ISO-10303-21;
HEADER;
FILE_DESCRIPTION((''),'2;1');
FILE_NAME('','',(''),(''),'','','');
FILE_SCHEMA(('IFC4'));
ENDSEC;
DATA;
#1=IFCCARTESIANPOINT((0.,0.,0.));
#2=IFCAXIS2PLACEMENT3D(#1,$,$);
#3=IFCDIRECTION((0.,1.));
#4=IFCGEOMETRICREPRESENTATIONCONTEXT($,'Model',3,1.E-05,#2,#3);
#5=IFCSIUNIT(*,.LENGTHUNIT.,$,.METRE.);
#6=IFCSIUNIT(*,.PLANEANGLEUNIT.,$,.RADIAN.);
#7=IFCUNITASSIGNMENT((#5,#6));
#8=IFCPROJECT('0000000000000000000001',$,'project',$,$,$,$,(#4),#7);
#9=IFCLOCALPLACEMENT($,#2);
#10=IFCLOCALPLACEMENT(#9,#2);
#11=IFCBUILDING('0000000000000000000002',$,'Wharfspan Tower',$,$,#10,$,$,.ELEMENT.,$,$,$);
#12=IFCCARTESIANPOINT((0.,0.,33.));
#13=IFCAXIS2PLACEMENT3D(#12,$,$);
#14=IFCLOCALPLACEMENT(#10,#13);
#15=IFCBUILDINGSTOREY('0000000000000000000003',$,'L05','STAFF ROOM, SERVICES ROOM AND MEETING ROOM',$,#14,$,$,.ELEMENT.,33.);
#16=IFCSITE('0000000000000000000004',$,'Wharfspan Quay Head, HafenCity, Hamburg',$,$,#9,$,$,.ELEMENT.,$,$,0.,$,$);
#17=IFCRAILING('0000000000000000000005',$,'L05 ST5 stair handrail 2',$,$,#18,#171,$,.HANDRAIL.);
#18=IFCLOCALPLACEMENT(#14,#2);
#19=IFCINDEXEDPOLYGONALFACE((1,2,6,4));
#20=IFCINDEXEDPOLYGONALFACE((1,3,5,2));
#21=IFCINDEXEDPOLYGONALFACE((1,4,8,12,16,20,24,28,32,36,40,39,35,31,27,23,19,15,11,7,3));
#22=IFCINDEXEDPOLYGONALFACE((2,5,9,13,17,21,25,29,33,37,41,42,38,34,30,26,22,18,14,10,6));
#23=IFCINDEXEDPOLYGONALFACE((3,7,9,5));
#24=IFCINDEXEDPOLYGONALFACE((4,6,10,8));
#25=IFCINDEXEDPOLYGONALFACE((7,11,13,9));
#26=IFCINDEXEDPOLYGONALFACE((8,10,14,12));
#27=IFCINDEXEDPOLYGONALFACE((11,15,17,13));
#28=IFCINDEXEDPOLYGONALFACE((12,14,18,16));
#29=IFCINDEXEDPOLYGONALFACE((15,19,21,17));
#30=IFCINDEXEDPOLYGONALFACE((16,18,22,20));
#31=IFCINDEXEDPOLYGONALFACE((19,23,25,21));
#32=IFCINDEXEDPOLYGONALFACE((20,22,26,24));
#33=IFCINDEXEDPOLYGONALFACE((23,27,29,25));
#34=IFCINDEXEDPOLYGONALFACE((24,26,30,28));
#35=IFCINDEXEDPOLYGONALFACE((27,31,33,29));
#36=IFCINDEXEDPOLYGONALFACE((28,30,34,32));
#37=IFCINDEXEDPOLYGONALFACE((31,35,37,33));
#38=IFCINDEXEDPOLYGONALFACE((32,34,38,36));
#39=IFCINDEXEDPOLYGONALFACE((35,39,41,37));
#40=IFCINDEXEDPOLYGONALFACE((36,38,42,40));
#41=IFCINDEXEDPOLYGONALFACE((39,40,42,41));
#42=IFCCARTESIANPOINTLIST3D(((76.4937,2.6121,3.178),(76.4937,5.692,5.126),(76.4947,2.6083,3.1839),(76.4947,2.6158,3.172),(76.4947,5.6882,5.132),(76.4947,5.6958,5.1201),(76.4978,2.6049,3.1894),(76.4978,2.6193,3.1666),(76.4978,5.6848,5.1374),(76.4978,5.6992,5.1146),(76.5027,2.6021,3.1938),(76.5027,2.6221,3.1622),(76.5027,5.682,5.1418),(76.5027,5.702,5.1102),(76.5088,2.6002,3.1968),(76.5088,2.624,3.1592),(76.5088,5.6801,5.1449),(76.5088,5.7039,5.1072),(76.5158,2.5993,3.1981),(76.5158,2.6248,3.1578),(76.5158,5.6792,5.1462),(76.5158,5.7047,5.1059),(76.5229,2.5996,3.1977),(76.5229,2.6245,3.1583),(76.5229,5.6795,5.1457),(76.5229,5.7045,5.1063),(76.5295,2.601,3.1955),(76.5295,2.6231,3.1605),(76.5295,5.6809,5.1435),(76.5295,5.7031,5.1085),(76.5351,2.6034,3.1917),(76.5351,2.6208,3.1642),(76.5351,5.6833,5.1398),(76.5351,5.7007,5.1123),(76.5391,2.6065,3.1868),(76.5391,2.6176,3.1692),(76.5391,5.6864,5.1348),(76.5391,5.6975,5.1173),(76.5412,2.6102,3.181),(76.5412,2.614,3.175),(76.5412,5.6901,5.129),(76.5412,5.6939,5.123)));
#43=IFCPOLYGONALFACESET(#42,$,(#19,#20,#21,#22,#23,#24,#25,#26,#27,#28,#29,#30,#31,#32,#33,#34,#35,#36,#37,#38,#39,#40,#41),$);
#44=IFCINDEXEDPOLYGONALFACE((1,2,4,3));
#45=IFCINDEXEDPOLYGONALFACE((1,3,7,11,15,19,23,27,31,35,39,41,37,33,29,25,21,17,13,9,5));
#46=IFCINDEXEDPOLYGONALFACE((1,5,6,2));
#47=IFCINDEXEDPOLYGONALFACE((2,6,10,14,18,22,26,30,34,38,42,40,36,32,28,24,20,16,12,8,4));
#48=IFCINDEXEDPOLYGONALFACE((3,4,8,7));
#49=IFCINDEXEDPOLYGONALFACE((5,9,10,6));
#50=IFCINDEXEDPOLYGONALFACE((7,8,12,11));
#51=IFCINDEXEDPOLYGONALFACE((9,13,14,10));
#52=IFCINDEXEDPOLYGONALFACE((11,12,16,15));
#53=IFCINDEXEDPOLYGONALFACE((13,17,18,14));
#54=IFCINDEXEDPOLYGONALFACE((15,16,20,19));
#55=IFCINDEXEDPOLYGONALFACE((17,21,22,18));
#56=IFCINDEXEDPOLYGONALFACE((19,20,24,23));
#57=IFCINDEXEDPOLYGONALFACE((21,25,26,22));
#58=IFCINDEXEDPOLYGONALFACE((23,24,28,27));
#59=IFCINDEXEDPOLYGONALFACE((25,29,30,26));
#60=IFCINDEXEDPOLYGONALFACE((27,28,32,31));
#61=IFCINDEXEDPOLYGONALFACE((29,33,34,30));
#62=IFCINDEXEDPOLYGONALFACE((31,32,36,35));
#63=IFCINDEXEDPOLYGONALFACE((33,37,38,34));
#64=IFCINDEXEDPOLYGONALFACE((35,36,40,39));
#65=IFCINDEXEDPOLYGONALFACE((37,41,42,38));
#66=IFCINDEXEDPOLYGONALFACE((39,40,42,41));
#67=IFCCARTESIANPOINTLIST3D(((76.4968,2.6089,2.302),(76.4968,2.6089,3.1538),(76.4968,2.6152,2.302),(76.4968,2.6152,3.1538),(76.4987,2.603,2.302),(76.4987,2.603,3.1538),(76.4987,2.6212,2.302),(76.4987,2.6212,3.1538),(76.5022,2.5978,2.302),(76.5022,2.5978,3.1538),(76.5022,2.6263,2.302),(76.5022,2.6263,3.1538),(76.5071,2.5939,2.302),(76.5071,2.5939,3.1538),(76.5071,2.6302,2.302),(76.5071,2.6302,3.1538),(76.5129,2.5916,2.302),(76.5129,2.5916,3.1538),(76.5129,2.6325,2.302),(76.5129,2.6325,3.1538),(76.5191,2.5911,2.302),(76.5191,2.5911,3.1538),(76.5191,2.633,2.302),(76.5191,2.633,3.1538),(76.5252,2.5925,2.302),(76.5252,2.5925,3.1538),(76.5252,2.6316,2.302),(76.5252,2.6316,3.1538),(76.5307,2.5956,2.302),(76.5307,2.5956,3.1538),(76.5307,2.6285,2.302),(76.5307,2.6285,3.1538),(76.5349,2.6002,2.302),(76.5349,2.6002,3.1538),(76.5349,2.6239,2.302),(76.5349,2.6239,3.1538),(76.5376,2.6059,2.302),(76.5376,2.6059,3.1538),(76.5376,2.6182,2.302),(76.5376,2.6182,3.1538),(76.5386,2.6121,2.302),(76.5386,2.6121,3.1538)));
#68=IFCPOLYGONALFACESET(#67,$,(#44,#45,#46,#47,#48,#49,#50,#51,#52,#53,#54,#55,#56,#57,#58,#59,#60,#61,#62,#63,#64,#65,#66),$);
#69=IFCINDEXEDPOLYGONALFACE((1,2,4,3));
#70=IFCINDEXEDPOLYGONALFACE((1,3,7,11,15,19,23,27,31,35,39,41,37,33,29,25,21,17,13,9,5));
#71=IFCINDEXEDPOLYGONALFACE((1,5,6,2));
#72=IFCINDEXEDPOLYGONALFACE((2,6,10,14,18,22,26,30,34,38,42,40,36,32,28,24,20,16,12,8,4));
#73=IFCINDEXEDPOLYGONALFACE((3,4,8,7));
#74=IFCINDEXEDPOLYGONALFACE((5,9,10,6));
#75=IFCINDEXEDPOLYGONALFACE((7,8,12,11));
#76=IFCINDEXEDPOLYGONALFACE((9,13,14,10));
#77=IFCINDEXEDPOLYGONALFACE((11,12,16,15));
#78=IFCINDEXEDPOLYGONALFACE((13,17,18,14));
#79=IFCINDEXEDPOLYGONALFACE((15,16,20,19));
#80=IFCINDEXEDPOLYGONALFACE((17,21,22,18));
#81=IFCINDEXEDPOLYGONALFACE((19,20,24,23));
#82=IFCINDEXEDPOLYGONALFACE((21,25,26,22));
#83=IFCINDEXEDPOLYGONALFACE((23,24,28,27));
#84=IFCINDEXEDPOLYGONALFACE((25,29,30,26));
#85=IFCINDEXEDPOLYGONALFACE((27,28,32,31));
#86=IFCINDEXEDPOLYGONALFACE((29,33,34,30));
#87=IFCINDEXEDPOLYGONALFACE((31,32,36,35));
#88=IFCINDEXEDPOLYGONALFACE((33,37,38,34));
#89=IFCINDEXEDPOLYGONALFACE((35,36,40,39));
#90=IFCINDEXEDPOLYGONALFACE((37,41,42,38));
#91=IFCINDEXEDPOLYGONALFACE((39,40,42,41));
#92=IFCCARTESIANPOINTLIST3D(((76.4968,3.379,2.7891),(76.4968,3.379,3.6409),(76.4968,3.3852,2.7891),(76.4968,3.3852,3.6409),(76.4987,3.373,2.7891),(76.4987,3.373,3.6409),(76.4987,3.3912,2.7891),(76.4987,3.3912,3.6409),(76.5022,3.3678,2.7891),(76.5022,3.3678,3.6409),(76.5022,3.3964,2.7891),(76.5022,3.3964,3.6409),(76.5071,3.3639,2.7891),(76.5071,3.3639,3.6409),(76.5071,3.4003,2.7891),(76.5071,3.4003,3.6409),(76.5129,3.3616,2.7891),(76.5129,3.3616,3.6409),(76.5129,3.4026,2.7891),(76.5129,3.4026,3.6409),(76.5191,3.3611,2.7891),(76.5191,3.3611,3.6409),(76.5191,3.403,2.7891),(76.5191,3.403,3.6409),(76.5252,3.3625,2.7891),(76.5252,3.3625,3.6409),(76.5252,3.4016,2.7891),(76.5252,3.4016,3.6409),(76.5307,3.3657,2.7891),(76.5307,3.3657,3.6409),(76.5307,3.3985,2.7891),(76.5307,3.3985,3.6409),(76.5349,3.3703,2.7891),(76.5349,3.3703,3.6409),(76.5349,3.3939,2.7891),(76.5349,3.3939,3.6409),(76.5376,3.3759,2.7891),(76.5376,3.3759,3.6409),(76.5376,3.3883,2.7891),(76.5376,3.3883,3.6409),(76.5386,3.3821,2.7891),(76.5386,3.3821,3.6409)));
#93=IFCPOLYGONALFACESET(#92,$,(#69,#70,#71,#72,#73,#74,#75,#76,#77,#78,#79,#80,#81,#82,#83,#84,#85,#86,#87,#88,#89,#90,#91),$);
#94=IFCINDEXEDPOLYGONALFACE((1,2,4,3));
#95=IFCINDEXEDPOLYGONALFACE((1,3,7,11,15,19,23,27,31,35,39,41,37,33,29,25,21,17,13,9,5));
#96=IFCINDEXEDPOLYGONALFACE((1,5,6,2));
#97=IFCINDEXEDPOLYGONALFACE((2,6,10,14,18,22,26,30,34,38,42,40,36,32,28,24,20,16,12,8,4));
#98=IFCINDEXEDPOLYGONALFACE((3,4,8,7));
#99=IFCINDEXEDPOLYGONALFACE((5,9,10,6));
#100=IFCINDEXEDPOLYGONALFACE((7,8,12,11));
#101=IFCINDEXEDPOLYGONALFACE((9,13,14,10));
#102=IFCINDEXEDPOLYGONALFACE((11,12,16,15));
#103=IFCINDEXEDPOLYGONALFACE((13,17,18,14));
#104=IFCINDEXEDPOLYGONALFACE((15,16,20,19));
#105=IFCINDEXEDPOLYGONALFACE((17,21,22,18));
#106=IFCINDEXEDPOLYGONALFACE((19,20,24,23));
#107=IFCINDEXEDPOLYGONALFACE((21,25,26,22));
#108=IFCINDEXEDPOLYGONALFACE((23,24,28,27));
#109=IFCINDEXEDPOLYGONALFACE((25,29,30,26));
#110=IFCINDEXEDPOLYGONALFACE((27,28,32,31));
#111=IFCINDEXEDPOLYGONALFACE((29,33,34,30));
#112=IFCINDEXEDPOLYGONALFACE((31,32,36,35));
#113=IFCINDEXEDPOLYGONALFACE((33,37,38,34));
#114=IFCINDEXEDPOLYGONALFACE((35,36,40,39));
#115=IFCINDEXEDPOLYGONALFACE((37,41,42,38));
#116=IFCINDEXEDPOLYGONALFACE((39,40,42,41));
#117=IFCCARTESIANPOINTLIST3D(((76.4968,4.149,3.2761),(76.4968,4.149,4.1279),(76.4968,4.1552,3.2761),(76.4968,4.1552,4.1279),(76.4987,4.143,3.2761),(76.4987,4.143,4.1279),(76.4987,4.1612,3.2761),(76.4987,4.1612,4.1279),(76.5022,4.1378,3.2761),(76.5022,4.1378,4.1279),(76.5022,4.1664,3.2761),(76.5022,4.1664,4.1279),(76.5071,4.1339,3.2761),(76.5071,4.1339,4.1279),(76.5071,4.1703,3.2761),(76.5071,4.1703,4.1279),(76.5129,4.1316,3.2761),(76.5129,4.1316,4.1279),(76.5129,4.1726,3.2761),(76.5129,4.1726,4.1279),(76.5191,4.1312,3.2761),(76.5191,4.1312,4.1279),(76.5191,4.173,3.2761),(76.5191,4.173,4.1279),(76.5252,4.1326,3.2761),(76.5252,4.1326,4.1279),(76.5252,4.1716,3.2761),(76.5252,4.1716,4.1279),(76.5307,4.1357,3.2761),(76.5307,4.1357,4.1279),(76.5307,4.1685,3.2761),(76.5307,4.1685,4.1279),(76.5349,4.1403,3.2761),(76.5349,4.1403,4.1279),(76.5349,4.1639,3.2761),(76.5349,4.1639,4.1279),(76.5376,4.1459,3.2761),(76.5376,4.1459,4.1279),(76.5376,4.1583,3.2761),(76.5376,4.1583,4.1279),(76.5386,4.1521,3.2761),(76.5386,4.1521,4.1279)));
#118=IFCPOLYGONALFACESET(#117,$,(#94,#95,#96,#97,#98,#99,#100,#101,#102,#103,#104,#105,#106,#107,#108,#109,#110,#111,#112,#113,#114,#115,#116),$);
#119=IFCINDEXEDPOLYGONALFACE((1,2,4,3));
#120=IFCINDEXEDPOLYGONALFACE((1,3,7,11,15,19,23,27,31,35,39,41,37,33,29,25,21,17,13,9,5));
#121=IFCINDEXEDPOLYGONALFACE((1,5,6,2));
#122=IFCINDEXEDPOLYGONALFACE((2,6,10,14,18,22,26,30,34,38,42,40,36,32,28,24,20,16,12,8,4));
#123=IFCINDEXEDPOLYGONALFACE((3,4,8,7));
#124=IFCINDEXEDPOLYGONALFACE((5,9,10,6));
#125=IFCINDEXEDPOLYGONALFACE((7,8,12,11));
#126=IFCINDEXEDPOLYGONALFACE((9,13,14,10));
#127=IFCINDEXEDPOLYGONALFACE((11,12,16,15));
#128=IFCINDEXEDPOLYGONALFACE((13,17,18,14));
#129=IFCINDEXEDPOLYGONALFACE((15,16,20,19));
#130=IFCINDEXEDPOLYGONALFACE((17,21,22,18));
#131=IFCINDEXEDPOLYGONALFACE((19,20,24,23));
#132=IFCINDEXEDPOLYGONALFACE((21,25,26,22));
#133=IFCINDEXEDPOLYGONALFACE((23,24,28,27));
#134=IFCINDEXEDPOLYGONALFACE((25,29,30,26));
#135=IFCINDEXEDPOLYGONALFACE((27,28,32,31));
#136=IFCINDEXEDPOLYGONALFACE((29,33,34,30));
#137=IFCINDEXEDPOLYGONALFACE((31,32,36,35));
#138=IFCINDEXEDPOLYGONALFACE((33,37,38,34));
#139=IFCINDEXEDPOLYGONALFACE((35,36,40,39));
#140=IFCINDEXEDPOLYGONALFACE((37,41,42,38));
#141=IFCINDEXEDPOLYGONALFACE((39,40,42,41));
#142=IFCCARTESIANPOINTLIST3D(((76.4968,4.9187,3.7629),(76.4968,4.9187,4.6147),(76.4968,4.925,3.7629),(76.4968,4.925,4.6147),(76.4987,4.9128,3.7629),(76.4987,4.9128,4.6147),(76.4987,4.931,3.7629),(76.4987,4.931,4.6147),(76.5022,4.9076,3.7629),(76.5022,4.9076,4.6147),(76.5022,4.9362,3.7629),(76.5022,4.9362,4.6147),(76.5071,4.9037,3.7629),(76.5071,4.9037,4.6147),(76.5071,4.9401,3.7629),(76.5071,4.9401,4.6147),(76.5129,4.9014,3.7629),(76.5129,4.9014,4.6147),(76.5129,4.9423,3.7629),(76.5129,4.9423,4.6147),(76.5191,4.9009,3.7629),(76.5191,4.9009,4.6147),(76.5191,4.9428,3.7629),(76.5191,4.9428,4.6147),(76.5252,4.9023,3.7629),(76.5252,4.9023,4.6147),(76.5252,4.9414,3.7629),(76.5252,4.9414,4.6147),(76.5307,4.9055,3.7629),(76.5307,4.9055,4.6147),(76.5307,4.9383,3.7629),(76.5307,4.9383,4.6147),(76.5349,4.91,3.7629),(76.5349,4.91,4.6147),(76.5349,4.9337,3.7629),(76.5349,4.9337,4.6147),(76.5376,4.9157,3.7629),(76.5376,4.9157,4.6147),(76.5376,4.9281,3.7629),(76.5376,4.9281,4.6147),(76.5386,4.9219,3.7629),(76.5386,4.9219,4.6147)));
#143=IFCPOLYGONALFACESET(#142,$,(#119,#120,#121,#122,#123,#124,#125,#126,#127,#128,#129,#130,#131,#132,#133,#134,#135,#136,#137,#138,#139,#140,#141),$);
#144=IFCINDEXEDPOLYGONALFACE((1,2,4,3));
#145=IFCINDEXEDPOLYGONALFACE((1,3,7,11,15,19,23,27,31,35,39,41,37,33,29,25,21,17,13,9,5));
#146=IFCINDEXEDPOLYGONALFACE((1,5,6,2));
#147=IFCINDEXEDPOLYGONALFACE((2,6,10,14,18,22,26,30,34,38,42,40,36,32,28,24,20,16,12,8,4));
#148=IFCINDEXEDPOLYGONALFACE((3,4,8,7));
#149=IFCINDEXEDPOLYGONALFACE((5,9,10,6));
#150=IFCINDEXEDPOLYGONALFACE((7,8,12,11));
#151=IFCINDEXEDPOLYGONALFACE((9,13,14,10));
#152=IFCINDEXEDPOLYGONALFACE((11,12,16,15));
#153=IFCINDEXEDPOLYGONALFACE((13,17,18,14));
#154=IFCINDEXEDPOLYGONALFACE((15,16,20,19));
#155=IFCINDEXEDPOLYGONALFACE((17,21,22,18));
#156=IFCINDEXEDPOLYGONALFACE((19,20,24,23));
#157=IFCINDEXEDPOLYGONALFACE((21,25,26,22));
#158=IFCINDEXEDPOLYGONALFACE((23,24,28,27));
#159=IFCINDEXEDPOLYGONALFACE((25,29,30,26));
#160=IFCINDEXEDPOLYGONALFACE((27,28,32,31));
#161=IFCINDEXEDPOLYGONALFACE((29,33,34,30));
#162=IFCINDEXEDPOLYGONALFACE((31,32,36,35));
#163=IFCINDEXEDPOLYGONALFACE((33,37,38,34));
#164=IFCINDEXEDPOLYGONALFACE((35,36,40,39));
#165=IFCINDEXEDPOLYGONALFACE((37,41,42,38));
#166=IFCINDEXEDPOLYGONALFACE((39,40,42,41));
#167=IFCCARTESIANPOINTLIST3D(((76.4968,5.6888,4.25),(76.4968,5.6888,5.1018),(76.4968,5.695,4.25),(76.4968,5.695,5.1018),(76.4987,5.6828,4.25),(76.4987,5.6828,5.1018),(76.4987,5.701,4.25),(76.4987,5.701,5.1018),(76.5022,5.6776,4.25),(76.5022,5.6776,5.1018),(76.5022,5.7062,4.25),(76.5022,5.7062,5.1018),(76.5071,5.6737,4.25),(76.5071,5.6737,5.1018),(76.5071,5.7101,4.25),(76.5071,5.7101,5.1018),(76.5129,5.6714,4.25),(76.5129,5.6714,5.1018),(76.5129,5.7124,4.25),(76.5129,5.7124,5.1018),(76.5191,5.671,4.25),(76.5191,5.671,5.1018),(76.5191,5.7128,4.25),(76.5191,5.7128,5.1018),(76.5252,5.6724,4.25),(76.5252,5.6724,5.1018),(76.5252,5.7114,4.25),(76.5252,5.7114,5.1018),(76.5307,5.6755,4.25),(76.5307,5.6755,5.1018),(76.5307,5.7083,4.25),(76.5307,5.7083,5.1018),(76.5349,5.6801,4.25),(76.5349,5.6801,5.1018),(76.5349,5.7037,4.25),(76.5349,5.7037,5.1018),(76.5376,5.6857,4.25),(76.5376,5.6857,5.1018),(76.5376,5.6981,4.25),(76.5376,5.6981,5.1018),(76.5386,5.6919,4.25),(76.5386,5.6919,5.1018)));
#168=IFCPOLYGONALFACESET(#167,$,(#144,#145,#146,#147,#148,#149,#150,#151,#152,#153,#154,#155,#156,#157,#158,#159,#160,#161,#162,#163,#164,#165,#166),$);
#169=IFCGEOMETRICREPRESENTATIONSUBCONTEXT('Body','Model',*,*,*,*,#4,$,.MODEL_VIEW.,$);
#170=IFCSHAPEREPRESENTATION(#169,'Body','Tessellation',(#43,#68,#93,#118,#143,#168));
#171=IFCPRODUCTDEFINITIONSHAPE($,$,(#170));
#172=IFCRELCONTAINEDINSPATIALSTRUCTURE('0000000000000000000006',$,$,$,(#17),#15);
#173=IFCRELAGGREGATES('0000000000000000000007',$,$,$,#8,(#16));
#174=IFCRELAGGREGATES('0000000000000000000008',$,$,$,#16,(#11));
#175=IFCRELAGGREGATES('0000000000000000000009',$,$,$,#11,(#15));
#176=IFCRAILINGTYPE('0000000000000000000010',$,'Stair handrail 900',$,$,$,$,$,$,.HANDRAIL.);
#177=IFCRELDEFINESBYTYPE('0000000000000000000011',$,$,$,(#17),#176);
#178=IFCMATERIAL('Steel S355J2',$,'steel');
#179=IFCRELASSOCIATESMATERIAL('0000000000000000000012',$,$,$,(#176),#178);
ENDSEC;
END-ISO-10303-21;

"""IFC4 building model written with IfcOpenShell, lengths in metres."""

from ifc_helpers import new_model, si_unit, direction, frame, origin, origin_2d, place, context, subcontext, project, spatial, circle, extrude, material, type_object, element, save


model = new_model("IFC4")

# Units and contexts
model_context = context("Model", 3, precision=1e-05, world=origin(), true_north=direction((0.0, 1.0)))
body_context = subcontext(model_context, "Body", "Model", "MODEL_VIEW")
ifc_project = project(units=[si_unit("LENGTHUNIT", "METRE"), si_unit("PLANEANGLEUNIT", "RADIAN")], contexts=[model_context])

# Site, building, storey
site_placement = place(None, origin())
site = spatial("IfcSite", under=ifc_project, at=site_placement, Name="Wharfspan Quay Head, HafenCity, Hamburg", CompositionType="ELEMENT", RefElevation=0.0)
building_placement = place(site_placement, origin())
building = spatial("IfcBuilding", under=site, at=building_placement, Name="Wharfspan Tower", CompositionType="ELEMENT")
storey_placement = place(building_placement, frame((0.0, 0.0, 33.0)))
storey = spatial("IfcBuildingStorey", under=building, at=storey_placement, Name="L05", Description="STAFF ROOM, SERVICES ROOM AND MEETING ROOM", CompositionType="ELEMENT", Elevation=33.0)

# Railing
ifc_material_1 = material(Name="Steel S355J2", Category="steel")
railing_type_1 = type_object("IfcRailingType", Name="Stair handrail 900", PredefinedType="HANDRAIL", material=ifc_material_1)
railing_1_placement = place(storey_placement, frame((76.5176, 2.6121, 2.302)))
element("IfcRailing", 1, at=railing_1_placement, inside=storey, type_object=railing_type_1, Name="L05 ST5 stair handrail 2", PredefinedType="HANDRAIL", context=body_context, shape_type="SweptSolid", body=[
    extrude(circle(Radius=0.0239, at=origin_2d()), frame((0.0, 0.0, 0.876), z_axis=(0.0, 0.845137, 0.53455), x_axis=(-1.0, 0.0, 0.0)), (0.0, 0.0, 1.0), 3.6443),
    extrude(circle(Radius=0.021, at=origin_2d()), origin(), (0.0, 0.0, 1.0), 0.8518),
    extrude(circle(Radius=0.021, at=origin_2d()), frame((0.0, 0.77, 0.4871)), (0.0, 0.0, 1.0), 0.8518),
    extrude(circle(Radius=0.021, at=origin_2d()), frame((0.0, 1.54, 0.9741)), (0.0, 0.0, 1.0), 0.8518),
    extrude(circle(Radius=0.021, at=origin_2d()), frame((0.0, 2.3098, 1.4609)), (0.0, 0.0, 1.0), 0.8518),
    extrude(circle(Radius=0.021, at=origin_2d()), frame((0.0, 3.0798, 1.948)), (0.0, 0.0, 1.0), 0.8518),
])

save(model, "model.ifc")
